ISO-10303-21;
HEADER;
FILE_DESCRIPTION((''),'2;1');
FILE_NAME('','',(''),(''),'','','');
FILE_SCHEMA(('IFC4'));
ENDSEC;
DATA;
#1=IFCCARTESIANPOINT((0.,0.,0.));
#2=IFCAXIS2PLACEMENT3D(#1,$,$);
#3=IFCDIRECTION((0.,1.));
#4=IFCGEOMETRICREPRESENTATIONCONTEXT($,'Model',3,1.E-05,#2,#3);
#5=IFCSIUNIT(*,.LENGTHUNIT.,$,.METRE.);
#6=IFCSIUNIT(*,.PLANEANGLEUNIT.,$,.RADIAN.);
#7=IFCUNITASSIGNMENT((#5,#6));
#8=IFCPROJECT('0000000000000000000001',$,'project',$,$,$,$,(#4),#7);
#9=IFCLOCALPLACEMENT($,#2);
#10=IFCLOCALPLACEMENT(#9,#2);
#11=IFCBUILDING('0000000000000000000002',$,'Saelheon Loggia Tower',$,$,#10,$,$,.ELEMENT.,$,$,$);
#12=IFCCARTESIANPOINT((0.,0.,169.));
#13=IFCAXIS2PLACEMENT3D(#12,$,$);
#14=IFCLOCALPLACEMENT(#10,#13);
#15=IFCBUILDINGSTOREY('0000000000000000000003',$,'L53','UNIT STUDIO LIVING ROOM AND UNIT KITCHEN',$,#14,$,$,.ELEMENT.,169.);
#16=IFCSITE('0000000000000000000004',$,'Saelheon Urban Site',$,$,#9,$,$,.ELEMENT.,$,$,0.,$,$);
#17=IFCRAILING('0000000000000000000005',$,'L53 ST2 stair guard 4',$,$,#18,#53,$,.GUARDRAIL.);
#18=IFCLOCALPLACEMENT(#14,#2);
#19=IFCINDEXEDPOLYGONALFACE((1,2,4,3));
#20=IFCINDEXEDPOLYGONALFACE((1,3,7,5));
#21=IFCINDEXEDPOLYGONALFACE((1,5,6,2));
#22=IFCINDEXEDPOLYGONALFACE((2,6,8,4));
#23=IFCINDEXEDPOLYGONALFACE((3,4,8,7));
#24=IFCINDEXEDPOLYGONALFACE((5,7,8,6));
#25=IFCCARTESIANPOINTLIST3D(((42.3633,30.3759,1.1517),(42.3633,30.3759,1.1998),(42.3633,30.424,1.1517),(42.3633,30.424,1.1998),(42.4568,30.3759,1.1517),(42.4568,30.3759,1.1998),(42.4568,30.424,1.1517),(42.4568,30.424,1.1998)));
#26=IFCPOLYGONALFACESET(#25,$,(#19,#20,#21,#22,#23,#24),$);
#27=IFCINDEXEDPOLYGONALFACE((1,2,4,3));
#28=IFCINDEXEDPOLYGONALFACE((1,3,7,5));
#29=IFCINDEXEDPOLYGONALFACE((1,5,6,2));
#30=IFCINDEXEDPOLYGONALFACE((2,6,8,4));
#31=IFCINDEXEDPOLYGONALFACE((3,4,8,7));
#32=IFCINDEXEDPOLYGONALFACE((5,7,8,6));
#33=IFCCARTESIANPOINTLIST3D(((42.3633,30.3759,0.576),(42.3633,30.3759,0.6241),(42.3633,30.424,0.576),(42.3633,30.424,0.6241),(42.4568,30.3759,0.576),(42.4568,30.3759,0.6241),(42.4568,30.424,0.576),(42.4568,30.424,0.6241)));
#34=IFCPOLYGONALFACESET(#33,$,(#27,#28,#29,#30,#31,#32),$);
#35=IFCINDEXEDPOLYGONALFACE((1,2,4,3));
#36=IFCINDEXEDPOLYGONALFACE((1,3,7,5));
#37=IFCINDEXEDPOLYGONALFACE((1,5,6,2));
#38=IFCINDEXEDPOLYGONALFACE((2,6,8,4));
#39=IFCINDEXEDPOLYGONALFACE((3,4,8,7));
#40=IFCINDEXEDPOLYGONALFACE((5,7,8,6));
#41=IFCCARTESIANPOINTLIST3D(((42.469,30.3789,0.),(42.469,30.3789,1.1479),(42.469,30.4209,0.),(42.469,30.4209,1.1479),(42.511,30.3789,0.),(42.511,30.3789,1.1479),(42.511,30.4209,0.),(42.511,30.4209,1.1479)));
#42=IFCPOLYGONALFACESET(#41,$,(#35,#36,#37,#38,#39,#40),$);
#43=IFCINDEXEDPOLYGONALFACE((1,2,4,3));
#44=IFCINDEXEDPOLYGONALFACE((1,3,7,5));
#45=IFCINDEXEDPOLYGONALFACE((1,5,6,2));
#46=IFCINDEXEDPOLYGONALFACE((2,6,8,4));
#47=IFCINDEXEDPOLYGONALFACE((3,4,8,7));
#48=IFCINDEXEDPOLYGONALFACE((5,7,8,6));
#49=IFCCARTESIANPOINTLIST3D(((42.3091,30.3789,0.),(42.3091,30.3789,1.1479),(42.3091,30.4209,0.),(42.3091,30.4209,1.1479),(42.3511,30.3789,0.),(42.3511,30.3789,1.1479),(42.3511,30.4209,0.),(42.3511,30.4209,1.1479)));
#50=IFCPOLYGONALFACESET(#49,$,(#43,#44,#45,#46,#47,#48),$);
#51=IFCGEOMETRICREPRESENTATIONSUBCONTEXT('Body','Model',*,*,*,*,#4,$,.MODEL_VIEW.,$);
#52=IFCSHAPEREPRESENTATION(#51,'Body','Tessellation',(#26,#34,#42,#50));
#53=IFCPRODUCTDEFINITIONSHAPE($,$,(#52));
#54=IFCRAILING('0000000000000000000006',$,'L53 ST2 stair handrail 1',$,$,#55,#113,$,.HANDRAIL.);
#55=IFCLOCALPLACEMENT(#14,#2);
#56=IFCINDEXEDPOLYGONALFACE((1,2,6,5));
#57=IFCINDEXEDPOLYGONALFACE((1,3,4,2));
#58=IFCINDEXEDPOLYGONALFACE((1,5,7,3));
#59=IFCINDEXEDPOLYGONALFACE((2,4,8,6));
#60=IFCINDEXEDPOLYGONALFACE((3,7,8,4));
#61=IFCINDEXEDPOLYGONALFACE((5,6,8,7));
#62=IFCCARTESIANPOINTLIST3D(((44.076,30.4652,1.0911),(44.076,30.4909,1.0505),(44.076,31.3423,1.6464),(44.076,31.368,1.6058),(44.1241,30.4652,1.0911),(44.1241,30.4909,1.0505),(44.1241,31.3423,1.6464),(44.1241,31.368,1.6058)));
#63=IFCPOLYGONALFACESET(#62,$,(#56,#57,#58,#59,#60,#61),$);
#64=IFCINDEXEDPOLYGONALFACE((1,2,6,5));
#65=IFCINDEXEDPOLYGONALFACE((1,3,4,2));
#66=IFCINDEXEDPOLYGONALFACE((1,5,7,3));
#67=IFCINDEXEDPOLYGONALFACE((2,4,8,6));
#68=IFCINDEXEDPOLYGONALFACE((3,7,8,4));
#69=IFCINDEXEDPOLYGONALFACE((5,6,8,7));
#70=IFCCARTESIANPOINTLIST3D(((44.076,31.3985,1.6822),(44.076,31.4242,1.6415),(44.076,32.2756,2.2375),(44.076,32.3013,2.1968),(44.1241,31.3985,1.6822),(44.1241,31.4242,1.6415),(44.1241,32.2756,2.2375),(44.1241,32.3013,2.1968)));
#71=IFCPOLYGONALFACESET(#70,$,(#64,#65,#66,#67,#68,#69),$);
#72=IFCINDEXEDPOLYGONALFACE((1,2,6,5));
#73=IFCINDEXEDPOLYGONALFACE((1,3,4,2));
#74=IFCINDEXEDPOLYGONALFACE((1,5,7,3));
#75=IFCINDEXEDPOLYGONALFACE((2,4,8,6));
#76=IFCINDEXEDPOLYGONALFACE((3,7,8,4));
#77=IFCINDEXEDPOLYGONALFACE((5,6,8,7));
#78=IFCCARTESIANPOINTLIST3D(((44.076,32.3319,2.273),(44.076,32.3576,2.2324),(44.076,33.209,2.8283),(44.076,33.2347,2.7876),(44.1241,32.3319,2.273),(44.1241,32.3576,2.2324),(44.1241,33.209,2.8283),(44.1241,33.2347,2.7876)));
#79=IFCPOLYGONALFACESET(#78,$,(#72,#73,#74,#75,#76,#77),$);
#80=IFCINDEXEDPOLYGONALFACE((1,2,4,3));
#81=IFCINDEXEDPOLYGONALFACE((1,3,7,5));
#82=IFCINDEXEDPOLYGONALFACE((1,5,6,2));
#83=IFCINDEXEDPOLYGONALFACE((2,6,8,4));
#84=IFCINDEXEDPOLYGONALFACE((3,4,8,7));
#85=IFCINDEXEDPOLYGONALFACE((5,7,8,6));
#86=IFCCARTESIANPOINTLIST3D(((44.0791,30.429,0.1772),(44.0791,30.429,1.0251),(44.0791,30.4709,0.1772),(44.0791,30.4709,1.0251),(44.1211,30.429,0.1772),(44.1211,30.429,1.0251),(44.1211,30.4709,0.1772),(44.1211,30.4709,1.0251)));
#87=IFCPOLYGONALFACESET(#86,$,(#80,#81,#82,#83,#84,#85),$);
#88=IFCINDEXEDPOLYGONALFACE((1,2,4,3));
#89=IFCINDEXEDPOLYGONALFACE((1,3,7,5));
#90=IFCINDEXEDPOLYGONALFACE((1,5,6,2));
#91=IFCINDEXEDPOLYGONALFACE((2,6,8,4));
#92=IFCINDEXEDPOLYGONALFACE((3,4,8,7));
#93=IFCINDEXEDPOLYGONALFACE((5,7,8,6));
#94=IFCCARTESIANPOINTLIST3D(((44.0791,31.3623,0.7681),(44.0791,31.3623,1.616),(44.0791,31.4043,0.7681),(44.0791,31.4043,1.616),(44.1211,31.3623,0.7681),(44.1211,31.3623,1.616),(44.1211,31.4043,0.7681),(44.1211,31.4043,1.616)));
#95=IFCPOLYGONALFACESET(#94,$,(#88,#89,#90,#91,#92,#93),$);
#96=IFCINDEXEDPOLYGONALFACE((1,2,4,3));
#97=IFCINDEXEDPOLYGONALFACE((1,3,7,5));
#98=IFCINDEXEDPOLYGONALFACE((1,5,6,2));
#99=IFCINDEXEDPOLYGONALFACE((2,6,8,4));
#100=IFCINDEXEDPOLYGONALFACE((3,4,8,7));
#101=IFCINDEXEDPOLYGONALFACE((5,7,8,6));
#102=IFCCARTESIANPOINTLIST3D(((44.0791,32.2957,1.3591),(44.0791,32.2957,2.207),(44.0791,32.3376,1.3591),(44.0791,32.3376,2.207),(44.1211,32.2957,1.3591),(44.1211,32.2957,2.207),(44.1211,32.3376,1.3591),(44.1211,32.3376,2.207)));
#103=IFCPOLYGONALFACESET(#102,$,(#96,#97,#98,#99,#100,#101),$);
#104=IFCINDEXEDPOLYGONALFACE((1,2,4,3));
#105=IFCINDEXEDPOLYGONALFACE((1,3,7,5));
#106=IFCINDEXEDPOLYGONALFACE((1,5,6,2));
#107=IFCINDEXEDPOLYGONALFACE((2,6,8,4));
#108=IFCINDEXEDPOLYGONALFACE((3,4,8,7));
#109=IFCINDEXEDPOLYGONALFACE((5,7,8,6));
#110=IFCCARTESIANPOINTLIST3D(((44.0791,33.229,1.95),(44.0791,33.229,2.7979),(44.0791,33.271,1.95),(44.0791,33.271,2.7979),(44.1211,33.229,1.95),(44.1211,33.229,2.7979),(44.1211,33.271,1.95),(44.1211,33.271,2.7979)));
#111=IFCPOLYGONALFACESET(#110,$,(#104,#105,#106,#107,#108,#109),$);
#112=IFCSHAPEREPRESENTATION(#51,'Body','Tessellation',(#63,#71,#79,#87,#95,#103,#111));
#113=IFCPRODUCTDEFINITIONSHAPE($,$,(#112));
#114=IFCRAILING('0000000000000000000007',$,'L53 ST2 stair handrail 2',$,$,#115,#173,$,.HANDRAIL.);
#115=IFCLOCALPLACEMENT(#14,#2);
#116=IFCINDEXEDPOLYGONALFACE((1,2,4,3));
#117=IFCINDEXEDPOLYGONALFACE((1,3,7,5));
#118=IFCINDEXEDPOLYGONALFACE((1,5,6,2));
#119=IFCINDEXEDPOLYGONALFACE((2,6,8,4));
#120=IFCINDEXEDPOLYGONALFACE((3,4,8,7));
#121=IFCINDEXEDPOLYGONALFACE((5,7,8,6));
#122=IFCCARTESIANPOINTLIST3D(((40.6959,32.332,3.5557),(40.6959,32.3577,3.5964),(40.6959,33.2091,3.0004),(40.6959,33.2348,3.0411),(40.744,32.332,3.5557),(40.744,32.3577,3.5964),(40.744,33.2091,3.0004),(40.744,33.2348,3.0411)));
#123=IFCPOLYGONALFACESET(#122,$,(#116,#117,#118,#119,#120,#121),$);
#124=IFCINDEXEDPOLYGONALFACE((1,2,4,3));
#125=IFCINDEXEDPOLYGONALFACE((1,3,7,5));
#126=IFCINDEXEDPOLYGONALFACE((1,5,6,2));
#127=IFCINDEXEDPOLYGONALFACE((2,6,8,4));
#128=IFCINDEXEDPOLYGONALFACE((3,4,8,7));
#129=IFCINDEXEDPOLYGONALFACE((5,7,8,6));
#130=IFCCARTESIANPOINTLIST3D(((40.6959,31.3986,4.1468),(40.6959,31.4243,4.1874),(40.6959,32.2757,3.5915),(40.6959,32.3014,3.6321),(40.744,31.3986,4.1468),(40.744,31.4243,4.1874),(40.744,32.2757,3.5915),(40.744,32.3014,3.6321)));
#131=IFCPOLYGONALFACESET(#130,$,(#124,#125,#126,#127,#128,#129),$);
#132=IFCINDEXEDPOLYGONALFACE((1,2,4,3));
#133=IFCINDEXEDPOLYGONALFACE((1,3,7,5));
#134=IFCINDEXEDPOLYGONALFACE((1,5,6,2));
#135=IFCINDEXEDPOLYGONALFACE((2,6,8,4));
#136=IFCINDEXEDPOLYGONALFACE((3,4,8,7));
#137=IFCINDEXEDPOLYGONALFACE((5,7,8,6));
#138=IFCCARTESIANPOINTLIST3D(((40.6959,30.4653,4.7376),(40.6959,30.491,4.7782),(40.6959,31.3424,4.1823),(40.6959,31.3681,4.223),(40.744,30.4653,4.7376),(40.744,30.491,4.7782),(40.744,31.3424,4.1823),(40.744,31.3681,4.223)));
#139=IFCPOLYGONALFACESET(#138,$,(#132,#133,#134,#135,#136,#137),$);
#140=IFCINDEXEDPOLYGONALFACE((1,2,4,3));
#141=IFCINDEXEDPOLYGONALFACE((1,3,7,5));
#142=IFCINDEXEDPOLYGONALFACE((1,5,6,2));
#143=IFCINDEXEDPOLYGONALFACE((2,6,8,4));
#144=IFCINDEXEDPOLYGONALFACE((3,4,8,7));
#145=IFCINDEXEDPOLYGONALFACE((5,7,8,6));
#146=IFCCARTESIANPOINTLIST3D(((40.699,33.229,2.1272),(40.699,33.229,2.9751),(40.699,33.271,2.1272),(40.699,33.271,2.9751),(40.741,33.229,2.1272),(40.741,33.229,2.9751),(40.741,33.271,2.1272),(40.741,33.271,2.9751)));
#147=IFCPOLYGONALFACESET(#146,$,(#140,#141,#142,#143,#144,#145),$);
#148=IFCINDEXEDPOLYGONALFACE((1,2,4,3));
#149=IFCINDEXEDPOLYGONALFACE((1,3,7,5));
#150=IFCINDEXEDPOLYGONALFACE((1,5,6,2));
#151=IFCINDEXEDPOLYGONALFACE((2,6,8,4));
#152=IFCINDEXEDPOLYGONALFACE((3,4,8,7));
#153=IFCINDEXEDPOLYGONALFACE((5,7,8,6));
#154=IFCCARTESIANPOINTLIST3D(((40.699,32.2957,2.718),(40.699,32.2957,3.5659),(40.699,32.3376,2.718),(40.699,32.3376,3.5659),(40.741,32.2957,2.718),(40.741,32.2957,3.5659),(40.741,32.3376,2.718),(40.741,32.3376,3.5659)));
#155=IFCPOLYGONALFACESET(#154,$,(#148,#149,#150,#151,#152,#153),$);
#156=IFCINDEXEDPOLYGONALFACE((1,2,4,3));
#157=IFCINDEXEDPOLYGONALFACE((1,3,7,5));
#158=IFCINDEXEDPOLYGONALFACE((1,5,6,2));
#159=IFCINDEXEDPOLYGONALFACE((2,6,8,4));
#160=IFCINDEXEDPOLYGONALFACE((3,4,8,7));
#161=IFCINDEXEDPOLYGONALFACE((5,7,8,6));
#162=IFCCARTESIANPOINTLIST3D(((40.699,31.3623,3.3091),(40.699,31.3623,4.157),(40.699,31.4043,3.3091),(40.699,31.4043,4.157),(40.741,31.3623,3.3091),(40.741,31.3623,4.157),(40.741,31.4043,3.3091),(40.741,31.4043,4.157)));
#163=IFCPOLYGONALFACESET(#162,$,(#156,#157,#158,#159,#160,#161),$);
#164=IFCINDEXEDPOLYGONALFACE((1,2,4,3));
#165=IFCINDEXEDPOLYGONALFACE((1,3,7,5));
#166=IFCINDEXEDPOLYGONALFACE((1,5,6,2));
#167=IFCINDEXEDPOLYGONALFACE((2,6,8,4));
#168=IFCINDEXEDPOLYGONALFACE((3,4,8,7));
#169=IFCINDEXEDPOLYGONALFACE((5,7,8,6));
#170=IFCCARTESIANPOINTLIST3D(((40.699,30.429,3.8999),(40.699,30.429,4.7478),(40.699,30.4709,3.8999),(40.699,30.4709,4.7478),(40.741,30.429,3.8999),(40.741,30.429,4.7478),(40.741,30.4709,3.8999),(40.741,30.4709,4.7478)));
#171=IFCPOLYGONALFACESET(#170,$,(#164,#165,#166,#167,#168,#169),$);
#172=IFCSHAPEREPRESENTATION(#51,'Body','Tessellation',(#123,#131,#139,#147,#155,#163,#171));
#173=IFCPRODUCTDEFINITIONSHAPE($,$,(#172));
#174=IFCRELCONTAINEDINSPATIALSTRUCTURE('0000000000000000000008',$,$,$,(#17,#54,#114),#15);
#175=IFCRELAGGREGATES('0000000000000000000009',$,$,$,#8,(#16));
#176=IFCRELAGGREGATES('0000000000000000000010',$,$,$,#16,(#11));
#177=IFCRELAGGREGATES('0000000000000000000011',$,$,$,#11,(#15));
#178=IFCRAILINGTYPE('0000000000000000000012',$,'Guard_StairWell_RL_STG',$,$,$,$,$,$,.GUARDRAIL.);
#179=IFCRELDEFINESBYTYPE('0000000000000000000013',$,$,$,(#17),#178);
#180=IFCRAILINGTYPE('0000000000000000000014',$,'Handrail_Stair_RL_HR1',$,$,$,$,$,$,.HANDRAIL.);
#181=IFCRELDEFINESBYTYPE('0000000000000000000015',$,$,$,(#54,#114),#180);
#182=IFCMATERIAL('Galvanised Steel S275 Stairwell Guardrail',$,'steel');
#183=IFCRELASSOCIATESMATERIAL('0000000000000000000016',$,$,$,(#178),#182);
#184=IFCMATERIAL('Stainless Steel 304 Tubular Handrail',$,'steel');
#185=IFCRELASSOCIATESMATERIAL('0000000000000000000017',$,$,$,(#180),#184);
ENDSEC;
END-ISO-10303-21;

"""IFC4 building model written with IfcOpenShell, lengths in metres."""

from ifc_helpers import new_model, si_unit, direction, frame, origin, origin_2d, place, context, subcontext, project, spatial, rectangle, extrude, material, type_object, element, save


model = new_model("IFC4")

# Units and contexts
model_context = context("Model", 3, precision=1e-05, world=origin(), true_north=direction((0.0, 1.0)))
body_context = subcontext(model_context, "Body", "Model", "MODEL_VIEW")
ifc_project = project(units=[si_unit("LENGTHUNIT", "METRE"), si_unit("PLANEANGLEUNIT", "RADIAN")], contexts=[model_context])

# Site, building, storey
site_placement = place(None, origin())
site = spatial("IfcSite", under=ifc_project, at=site_placement, Name="Saelheon Urban Site", CompositionType="ELEMENT", RefElevation=0.0)
building_placement = place(site_placement, origin())
building = spatial("IfcBuilding", under=site, at=building_placement, Name="Saelheon Loggia Tower", CompositionType="ELEMENT")
storey_placement = place(building_placement, frame((0.0, 0.0, 169.0)))
storey = spatial("IfcBuildingStorey", under=building, at=storey_placement, Name="L53", Description="UNIT STUDIO LIVING ROOM AND UNIT KITCHEN", CompositionType="ELEMENT", Elevation=169.0)

# Railings
ifc_material_1 = material(Name="Galvanised Steel S275 Stairwell Guardrail", Category="steel")
railing_type_1 = type_object("IfcRailingType", Name="Guard_StairWell_RL_STG", PredefinedType="GUARDRAIL", material=ifc_material_1)
railing_1_placement = place(storey_placement, frame((42.49, 30.3999, 0.0)))
element("IfcRailing", 1, at=railing_1_placement, inside=storey, type_object=railing_type_1, Name="L53 ST2 stair guard 4", PredefinedType="GUARDRAIL", context=body_context, shape_type="SweptSolid", body=[
    extrude(rectangle(XDim=0.0481, YDim=0.0481, at=origin_2d()), frame((-0.0332, 0.0, 1.1758), z_axis=(-1.0, 0.0, 0.0), x_axis=(0.0, -1.0, 0.0)), (0.0, 0.0, 1.0), 0.0935),
    extrude(rectangle(XDim=0.0481, YDim=0.0481, at=origin_2d()), frame((-0.0332, 0.0, 0.6001), z_axis=(-1.0, 0.0, 0.0), x_axis=(0.0, -1.0, 0.0)), (0.0, 0.0, 1.0), 0.0935),
    extrude(rectangle(XDim=0.042, YDim=0.042, at=origin_2d()), origin(), (0.0, 0.0, 1.0), 1.1479),
    extrude(rectangle(XDim=0.042, YDim=0.042, at=origin_2d()), frame((-0.1599, 0.0, 0.0)), (0.0, 0.0, 1.0), 1.1479),
])
ifc_material_2 = material(Name="Stainless Steel 304 Tubular Handrail", Category="steel")
railing_type_2 = type_object("IfcRailingType", Name="Handrail_Stair_RL_HR1", PredefinedType="HANDRAIL", material=ifc_material_2)
railing_2_placement = place(storey_placement, frame((44.1001, 30.45, 0.1772)))
element("IfcRailing", 2, at=railing_2_placement, inside=storey, type_object=railing_type_2, Name="L53 ST2 stair handrail 1", PredefinedType="HANDRAIL", context=body_context, shape_type="SweptSolid", body=[
    extrude(rectangle(XDim=0.0481, YDim=0.0481, at=origin_2d()), frame((0.0, 0.0281, 0.8936), z_axis=(0.0, 0.844909, 0.53491), x_axis=(-1.0, 0.0, 0.0)), (0.0, 0.0, 1.0), 1.0381),
    extrude(rectangle(XDim=0.0481, YDim=0.0481, at=origin_2d()), frame((0.0, 0.9614, 1.4846), z_axis=(0.0, 0.844909, 0.53491), x_axis=(-1.0, 0.0, 0.0)), (0.0, 0.0, 1.0), 1.0381),
    extrude(rectangle(XDim=0.0481, YDim=0.0481, at=origin_2d()), frame((0.0, 1.8948, 2.0754), z_axis=(0.0, 0.844909, 0.53491), x_axis=(-1.0, 0.0, 0.0)), (0.0, 0.0, 1.0), 1.0381),
    extrude(rectangle(XDim=0.042, YDim=0.042, at=origin_2d()), origin(), (0.0, 0.0, 1.0), 0.8479),
    extrude(rectangle(XDim=0.042, YDim=0.042, at=origin_2d()), frame((0.0, 0.9333, 0.5908)), (0.0, 0.0, 1.0), 0.8479),
    extrude(rectangle(XDim=0.042, YDim=0.042, at=origin_2d()), frame((0.0, 1.8667, 1.1819)), (0.0, 0.0, 1.0), 0.8479),
    extrude(rectangle(XDim=0.042, YDim=0.042, at=origin_2d()), frame((0.0, 2.8, 1.7727)), (0.0, 0.0, 1.0), 0.8479),
])
railing_3_placement = place(storey_placement, frame((40.72, 33.25, 2.1272)))
element("IfcRailing", 3, at=railing_3_placement, inside=storey, type_object=railing_type_2, Name="L53 ST2 stair handrail 2", PredefinedType="HANDRAIL", context=body_context, shape_type="SweptSolid", body=[
    extrude(rectangle(XDim=0.0481, YDim=0.0481, at=origin_2d()), frame((0.0, -0.0281, 0.8936), z_axis=(0.0, -0.844909, 0.53491), x_axis=(1.0, 0.0, 0.0)), (0.0, 0.0, 1.0), 1.0381),
    extrude(rectangle(XDim=0.0481, YDim=0.0481, at=origin_2d()), frame((0.0, -0.9614, 1.4846), z_axis=(0.0, -0.844909, 0.53491), x_axis=(1.0, 0.0, 0.0)), (0.0, 0.0, 1.0), 1.0381),
    extrude(rectangle(XDim=0.0481, YDim=0.0481, at=origin_2d()), frame((0.0, -1.8948, 2.0754), z_axis=(0.0, -0.844909, 0.53491), x_axis=(1.0, 0.0, 0.0)), (0.0, 0.0, 1.0), 1.0381),
    extrude(rectangle(XDim=0.042, YDim=0.042, at=origin_2d()), origin(), (0.0, 0.0, 1.0), 0.8479),
    extrude(rectangle(XDim=0.042, YDim=0.042, at=origin_2d()), frame((0.0, -0.9333, 0.5908)), (0.0, 0.0, 1.0), 0.8479),
    extrude(rectangle(XDim=0.042, YDim=0.042, at=origin_2d()), frame((0.0, -1.8667, 1.1819)), (0.0, 0.0, 1.0), 0.8479),
    extrude(rectangle(XDim=0.042, YDim=0.042, at=origin_2d()), frame((0.0, -2.8, 1.7727)), (0.0, 0.0, 1.0), 0.8479),
])

save(model, "model.ifc")
